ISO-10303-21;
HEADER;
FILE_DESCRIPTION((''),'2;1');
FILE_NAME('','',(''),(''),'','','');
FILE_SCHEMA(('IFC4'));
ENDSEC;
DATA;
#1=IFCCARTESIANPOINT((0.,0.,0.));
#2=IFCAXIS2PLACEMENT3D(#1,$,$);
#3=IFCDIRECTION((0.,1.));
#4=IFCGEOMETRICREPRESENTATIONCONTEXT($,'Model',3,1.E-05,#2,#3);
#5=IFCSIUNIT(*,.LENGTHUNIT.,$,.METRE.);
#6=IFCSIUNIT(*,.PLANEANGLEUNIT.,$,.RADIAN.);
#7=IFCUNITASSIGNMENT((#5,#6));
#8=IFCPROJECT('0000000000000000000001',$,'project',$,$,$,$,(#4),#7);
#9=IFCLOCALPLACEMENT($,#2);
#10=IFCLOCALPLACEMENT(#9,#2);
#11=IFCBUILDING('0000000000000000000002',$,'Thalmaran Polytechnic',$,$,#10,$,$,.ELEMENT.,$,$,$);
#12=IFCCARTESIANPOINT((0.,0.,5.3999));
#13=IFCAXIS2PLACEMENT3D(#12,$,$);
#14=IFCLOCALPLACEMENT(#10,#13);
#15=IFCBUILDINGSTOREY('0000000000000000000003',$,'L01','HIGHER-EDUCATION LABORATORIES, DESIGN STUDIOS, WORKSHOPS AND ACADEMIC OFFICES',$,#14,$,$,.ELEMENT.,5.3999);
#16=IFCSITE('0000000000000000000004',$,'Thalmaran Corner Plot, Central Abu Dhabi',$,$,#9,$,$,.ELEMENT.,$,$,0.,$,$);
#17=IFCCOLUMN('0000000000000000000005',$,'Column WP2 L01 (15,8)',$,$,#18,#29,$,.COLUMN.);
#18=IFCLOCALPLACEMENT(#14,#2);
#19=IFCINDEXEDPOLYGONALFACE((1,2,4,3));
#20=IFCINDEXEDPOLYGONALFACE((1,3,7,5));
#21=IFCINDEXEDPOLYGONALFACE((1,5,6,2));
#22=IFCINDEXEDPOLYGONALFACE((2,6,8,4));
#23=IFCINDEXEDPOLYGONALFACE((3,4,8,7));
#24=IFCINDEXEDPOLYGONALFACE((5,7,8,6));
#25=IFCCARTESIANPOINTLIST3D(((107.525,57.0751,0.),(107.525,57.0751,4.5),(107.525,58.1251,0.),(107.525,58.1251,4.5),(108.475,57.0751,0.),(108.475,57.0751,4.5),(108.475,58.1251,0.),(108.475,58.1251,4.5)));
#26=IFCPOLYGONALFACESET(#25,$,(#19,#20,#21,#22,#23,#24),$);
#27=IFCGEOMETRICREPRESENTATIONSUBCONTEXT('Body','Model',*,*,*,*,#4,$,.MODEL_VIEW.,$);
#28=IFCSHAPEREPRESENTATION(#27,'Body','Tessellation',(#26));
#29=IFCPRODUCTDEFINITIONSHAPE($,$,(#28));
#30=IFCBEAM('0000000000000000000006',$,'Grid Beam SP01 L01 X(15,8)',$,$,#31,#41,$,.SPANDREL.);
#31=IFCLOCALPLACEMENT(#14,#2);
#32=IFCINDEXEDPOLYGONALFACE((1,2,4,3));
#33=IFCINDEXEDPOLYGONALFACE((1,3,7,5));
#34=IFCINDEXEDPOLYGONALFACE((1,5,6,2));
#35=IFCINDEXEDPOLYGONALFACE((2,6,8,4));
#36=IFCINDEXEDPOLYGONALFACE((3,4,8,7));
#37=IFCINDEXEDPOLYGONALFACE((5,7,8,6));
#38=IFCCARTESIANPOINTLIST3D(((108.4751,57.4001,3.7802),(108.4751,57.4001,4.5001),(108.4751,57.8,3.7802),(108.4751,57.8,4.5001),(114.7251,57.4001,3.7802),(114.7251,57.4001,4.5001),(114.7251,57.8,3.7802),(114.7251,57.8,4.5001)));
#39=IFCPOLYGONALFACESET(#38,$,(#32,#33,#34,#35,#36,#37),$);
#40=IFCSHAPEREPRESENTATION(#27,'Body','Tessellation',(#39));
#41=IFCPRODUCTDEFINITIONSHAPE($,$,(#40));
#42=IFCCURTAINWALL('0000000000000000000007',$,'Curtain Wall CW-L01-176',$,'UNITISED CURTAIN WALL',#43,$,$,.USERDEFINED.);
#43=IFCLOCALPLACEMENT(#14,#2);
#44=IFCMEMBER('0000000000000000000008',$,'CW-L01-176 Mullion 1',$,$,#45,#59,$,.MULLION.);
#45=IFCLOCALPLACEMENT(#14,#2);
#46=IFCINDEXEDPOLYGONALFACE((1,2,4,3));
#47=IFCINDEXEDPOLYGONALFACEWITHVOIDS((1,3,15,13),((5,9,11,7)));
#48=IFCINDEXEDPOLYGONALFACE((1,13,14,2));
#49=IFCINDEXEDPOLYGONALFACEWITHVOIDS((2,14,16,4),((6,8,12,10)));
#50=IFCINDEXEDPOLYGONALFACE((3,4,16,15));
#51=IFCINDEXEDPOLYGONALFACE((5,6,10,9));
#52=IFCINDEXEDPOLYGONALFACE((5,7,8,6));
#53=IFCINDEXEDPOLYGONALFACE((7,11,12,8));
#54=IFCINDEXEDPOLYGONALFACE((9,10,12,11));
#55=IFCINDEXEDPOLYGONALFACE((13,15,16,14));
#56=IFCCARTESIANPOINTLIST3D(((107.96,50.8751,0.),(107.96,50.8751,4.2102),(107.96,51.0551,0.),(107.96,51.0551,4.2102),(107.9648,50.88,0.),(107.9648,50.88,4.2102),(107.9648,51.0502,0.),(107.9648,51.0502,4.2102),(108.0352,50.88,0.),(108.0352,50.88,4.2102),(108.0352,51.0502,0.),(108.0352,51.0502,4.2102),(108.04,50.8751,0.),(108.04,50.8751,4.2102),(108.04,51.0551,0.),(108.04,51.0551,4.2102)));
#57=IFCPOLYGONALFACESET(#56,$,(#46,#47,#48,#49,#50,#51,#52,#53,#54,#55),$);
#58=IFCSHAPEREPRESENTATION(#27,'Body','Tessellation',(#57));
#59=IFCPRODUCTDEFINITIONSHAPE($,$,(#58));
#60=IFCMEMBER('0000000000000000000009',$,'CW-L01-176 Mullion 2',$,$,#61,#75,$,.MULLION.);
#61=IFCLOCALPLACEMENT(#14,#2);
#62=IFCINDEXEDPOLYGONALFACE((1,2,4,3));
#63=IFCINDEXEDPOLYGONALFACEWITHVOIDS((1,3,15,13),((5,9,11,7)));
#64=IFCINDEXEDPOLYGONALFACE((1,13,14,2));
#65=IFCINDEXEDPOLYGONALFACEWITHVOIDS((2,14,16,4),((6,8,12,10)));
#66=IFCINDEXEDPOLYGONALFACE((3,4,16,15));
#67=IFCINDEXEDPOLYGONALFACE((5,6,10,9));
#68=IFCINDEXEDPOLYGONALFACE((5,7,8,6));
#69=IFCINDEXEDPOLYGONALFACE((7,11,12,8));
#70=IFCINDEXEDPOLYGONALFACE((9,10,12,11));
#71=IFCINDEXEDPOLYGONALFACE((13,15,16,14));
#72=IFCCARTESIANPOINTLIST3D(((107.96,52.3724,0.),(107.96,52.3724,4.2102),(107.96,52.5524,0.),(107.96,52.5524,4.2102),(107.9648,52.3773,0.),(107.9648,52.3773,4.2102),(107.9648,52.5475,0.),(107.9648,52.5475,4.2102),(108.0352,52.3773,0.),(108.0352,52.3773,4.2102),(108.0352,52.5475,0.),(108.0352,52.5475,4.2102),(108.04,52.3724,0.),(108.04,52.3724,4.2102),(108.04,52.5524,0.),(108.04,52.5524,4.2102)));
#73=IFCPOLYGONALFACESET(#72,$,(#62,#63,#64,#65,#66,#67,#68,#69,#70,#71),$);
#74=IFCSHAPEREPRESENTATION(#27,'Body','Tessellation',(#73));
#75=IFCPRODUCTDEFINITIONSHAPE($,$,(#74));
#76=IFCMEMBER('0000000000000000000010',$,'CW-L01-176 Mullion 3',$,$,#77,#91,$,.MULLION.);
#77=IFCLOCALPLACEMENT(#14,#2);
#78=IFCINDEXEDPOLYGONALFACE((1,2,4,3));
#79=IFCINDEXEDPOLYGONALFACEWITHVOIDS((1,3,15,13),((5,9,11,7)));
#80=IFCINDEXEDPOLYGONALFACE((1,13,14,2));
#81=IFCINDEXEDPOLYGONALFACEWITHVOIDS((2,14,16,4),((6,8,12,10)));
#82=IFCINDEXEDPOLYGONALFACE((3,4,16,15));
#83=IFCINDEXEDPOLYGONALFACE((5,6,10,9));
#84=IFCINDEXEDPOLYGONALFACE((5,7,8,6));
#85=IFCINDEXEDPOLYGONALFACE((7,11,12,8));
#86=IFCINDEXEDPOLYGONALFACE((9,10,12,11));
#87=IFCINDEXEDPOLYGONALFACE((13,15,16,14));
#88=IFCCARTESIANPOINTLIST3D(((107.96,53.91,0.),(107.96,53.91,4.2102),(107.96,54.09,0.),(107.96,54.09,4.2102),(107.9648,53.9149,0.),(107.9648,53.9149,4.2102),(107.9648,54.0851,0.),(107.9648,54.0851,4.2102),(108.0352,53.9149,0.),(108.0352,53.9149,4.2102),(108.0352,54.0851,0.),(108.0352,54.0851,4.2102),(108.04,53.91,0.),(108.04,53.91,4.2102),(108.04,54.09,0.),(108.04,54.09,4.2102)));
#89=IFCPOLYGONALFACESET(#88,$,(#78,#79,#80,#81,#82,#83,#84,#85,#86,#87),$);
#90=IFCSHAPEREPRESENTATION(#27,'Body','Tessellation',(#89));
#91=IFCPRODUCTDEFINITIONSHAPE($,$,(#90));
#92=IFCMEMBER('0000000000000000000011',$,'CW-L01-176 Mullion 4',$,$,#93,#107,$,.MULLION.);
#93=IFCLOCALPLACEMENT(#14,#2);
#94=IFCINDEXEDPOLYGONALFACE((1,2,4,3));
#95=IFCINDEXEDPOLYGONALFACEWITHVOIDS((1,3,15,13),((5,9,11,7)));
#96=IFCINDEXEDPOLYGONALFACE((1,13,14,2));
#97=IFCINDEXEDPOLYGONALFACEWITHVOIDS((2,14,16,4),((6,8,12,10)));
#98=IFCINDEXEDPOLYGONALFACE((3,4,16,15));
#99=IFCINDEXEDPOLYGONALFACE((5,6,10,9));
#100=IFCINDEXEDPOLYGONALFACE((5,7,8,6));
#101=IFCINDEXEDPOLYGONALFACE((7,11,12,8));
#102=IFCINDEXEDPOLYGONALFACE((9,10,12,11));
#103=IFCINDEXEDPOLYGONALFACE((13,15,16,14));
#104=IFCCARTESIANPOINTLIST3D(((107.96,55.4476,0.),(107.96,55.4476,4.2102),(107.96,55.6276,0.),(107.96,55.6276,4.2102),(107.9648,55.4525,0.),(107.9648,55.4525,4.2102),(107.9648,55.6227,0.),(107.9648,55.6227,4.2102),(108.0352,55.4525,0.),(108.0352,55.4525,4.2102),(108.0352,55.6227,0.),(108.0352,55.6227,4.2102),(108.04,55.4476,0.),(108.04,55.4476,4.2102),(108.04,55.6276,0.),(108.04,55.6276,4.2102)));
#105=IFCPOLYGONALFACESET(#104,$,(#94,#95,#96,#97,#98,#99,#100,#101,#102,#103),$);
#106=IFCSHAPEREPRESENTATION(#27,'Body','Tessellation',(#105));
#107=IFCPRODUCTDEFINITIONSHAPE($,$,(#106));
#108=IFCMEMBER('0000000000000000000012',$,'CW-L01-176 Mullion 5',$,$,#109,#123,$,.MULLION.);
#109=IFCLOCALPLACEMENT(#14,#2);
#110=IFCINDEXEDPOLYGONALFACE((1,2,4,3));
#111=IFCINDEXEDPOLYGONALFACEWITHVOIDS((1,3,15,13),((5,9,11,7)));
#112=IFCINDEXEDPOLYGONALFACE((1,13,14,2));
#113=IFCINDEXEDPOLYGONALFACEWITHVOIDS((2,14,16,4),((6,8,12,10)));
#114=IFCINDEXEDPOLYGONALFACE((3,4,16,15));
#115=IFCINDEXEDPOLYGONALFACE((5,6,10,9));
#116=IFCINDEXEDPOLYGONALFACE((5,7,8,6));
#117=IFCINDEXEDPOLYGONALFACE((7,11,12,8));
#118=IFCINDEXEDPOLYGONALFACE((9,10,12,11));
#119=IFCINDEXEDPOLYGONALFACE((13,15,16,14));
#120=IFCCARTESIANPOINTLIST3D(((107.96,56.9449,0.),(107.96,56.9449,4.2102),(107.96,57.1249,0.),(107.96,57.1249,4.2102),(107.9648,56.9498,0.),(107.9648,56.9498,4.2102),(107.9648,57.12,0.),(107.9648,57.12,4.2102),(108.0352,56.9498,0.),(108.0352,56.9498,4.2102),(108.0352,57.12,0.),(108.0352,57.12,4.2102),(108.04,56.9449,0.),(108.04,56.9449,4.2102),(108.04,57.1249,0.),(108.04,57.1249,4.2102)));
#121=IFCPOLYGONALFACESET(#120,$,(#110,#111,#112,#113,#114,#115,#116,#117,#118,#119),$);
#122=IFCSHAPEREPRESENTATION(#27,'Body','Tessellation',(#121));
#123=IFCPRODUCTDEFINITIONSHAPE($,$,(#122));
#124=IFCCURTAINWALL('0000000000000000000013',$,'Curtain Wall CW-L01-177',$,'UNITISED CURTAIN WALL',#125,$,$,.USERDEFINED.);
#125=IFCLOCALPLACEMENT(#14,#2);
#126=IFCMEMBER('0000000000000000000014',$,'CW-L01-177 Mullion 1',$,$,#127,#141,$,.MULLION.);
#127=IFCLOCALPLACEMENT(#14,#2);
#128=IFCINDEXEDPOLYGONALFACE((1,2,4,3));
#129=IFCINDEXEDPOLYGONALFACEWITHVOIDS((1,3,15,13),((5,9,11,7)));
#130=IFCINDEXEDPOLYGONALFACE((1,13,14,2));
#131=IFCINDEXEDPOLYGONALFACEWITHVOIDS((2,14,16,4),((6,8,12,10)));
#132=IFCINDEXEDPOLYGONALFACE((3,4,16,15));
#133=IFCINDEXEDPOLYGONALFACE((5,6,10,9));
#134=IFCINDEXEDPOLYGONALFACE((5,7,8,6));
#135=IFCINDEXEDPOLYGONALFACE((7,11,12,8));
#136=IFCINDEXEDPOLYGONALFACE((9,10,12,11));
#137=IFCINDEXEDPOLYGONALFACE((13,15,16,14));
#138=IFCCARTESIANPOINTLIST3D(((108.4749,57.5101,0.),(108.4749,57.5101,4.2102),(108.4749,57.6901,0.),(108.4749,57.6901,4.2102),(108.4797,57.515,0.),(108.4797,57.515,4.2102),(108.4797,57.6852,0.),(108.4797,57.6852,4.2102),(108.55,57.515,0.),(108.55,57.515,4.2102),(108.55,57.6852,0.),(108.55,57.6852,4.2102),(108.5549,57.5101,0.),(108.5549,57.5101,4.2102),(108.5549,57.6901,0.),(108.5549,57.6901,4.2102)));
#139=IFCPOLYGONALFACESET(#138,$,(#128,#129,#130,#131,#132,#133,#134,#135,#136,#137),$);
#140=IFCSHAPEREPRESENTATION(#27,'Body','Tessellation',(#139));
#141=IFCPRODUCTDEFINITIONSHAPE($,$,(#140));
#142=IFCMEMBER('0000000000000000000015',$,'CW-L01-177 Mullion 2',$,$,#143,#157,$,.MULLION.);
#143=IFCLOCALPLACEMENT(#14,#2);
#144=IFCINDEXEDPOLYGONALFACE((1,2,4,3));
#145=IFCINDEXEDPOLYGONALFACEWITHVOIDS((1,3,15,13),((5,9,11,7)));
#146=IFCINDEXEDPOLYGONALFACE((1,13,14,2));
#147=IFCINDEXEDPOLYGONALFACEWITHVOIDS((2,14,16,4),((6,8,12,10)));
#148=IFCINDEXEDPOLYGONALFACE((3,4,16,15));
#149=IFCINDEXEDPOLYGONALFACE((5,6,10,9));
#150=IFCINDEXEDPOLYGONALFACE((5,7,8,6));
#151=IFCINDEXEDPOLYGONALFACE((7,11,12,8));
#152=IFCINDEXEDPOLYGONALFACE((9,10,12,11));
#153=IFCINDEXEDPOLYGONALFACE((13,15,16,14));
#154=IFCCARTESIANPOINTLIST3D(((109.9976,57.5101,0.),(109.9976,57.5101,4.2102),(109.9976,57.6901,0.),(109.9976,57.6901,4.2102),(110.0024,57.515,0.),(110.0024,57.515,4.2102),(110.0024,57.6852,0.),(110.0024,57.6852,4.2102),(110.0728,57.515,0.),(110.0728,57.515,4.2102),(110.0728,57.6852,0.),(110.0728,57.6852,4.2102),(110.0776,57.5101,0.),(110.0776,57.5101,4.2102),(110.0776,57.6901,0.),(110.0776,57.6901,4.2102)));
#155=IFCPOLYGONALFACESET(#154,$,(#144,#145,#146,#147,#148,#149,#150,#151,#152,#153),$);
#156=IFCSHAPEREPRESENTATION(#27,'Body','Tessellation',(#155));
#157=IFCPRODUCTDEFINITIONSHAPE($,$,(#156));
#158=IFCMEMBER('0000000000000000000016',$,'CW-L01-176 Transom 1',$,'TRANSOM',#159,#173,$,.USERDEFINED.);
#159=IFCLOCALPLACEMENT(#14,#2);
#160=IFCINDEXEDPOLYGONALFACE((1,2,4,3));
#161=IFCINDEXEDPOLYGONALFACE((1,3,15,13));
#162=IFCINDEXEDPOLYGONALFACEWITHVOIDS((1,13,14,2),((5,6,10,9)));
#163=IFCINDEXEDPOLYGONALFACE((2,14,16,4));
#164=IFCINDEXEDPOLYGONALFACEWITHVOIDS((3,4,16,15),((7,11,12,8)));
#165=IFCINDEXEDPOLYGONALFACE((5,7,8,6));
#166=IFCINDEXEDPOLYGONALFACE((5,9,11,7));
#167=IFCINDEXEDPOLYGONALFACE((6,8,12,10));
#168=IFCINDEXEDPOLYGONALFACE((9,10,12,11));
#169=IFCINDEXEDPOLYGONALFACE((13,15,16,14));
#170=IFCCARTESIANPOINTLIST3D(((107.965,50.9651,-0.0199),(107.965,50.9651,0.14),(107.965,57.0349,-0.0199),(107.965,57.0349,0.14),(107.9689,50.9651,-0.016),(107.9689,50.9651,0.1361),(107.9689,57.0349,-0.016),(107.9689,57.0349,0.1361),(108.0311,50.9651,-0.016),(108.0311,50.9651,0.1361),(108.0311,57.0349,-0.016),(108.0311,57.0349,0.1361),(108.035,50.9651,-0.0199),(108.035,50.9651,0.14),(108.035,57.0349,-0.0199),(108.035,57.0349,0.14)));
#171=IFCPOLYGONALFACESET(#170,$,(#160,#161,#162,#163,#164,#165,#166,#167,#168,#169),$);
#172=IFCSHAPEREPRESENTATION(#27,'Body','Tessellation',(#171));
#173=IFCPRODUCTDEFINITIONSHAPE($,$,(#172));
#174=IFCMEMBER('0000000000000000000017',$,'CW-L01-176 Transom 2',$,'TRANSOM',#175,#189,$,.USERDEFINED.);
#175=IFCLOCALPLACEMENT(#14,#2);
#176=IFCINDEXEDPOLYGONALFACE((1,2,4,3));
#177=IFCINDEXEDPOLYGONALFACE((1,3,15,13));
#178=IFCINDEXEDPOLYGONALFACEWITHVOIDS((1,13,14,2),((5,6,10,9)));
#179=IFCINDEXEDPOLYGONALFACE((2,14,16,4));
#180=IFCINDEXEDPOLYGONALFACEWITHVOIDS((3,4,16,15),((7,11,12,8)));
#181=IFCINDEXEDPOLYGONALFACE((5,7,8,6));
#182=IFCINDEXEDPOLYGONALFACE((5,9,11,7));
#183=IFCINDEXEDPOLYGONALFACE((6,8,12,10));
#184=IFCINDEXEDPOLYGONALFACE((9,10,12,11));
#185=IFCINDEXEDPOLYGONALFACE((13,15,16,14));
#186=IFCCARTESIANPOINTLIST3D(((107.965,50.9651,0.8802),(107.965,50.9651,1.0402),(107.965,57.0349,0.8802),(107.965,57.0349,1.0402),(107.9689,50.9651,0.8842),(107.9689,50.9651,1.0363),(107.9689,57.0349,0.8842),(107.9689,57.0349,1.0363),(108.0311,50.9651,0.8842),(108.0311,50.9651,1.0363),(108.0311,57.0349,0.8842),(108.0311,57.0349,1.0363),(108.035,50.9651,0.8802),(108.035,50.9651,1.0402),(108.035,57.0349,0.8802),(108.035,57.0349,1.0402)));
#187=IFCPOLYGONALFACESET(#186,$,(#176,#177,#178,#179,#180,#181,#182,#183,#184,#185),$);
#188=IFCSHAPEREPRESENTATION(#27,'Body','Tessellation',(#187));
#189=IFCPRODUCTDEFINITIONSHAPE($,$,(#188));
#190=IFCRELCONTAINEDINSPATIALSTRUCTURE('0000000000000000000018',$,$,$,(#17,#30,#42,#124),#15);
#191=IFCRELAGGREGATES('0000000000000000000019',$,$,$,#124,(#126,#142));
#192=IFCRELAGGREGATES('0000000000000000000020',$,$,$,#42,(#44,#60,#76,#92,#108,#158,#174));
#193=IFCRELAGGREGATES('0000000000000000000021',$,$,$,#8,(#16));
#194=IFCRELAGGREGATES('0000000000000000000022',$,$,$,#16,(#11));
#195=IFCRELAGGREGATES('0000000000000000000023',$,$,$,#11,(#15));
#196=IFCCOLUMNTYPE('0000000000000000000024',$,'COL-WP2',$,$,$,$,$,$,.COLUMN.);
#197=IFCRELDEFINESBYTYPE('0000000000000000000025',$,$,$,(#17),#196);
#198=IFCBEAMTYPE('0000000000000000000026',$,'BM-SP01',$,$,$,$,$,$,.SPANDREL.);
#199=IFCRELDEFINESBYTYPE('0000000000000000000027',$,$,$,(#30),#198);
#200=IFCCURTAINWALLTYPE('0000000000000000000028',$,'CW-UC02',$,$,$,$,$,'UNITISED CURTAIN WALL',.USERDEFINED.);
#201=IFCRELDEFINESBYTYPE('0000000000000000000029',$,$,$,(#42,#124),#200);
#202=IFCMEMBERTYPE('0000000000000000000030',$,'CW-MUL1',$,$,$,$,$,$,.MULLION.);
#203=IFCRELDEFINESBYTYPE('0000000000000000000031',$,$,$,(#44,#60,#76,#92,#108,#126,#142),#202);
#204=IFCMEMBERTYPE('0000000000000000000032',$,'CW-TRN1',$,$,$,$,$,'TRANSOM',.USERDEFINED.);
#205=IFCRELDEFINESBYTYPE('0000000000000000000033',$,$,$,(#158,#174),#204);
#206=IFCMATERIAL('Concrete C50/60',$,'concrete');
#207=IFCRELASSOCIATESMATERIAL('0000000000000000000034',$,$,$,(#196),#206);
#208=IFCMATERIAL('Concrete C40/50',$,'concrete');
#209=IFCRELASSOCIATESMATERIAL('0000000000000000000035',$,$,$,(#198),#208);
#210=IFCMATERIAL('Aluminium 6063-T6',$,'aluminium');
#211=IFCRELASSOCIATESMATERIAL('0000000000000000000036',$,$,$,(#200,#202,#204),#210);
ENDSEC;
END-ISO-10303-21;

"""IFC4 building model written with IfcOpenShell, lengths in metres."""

from ifc_helpers import new_model, si_unit, direction, frame, origin, origin_2d, place, context, subcontext, project, spatial, rectangle, hollow_rectangle, extrude, material, material_profile, profile_set, type_object, element, aggregate, save


model = new_model("IFC4")

# Units and contexts
model_context = context("Model", 3, precision=1e-05, world=origin(), true_north=direction((0.0, 1.0)))
body_context = subcontext(model_context, "Body", "Model", "MODEL_VIEW")
ifc_project = project(units=[si_unit("LENGTHUNIT", "METRE"), si_unit("PLANEANGLEUNIT", "RADIAN")], contexts=[model_context])

# Site, building, storey
site_placement = place(None, origin())
site = spatial("IfcSite", under=ifc_project, at=site_placement, Name="Thalmaran Corner Plot, Central Abu Dhabi", CompositionType="ELEMENT", RefElevation=0.0)
building_placement = place(site_placement, origin())
building = spatial("IfcBuilding", under=site, at=building_placement, Name="Thalmaran Polytechnic", CompositionType="ELEMENT")
storey_placement = place(building_placement, frame((0.0, 0.0, 5.3999)))
storey = spatial("IfcBuildingStorey", under=building, at=storey_placement, Name="L01", Description="HIGHER-EDUCATION LABORATORIES, DESIGN STUDIOS, WORKSHOPS AND ACADEMIC OFFICES", CompositionType="ELEMENT", Elevation=5.3999)

# Column
ifc_material_1 = material(Name="Concrete C50/60", Category="concrete")
ifc_material_profile_1 = material_profile(ifc_material_1, rectangle(XDim=0.95, YDim=1.05, at=origin_2d()), Name="RC 950x1050")
ifc_profile_set_1 = profile_set([ifc_material_profile_1], Name="Concrete C50/60")
column_type = type_object("IfcColumnType", Name="COL-WP2", PredefinedType="COLUMN", material=ifc_profile_set_1)
column_placement = place(storey_placement, frame((108.0, 57.6001, 0.0), z_axis=(0.0, 0.0, 1.0), x_axis=(1.0, 0.0, 0.0)))
element("IfcColumn", 1, at=column_placement, inside=storey, type_object=column_type, Name="Column WP2 L01 (15,8)", PredefinedType="COLUMN", context=body_context, shape_type="SweptSolid", body=[
    extrude(rectangle(XDim=0.95, YDim=1.05, at=origin_2d()), origin(), (0.0, 0.0, 1.0), 4.5),
])

# Beam
ifc_material_2 = material(Name="Concrete C40/50", Category="concrete")
ifc_material_profile_2 = material_profile(ifc_material_2, rectangle(XDim=0.3999, YDim=0.72, at=origin_2d()), Name="RC 400x720")
ifc_profile_set_2 = profile_set([ifc_material_profile_2], Name="Concrete C40/50")
beam_type = type_object("IfcBeamType", Name="BM-SP01", PredefinedType="SPANDREL", material=ifc_profile_set_2)
beam_placement = place(storey_placement, frame((108.4751, 57.6001, 4.1401), z_axis=(1.0, 0.0, 0.0), x_axis=(0.0, 1.0, 0.0)))
element("IfcBeam", 2, at=beam_placement, inside=storey, type_object=beam_type, Name="Grid Beam SP01 L01 X(15,8)", PredefinedType="SPANDREL", context=body_context, shape_type="SweptSolid", body=[
    extrude(rectangle(XDim=0.3999, YDim=0.72, at=origin_2d()), origin(), (0.0, 0.0, 1.0), 6.25),
])

# Curtain walls, members
ifc_material_3 = material(Name="Aluminium 6063-T6", Category="aluminium")
curtain_wall_type = type_object("IfcCurtainWallType", Name="CW-UC02", ElementType="UNITISED CURTAIN WALL", PredefinedType="USERDEFINED", material=ifc_material_3)
curtain_wall_1_placement = place(storey_placement, origin())
curtain_wall_1 = element("IfcCurtainWall", 3, at=curtain_wall_1_placement, inside=storey, type_object=curtain_wall_type, Name="Curtain Wall CW-L01-176", ObjectType="UNITISED CURTAIN WALL", PredefinedType="USERDEFINED")
ifc_material_profile_3 = material_profile(ifc_material_3, hollow_rectangle(XDim=0.0801, YDim=0.1799, WallThickness=0.0049, at=origin_2d()), Name="RHS 180x80x5.0")
ifc_profile_set_3 = profile_set([ifc_material_profile_3], Name="Aluminium 6063-T6")
member_type_1 = type_object("IfcMemberType", Name="CW-MUL1", PredefinedType="MULLION", material=ifc_profile_set_3)
member_1_placement = place(storey_placement, frame((108.0, 50.9651, 0.0), z_axis=(0.0, 0.0, 1.0), x_axis=(1.0, 0.0, 0.0)))
member_1 = element("IfcMember", 4, at=member_1_placement, type_object=member_type_1, Name="CW-L01-176 Mullion 1", PredefinedType="MULLION", context=body_context, shape_type="SweptSolid", body=[
    extrude(hollow_rectangle(XDim=0.0801, YDim=0.1799, WallThickness=0.0049, at=origin_2d()), origin(), (0.0, 0.0, 1.0), 4.2102),
])
member_2_placement = place(storey_placement, frame((108.0, 52.4624, 0.0), z_axis=(0.0, 0.0, 1.0), x_axis=(1.0, 0.0, 0.0)))
member_2 = element("IfcMember", 5, at=member_2_placement, type_object=member_type_1, Name="CW-L01-176 Mullion 2", PredefinedType="MULLION", context=body_context, shape_type="SweptSolid", body=[
    extrude(hollow_rectangle(XDim=0.0801, YDim=0.1799, WallThickness=0.0049, at=origin_2d()), origin(), (0.0, 0.0, 1.0), 4.2102),
])
member_3_placement = place(storey_placement, frame((108.0, 54.0, 0.0), z_axis=(0.0, 0.0, 1.0), x_axis=(1.0, 0.0, 0.0)))
member_3 = element("IfcMember", 6, at=member_3_placement, type_object=member_type_1, Name="CW-L01-176 Mullion 3", PredefinedType="MULLION", context=body_context, shape_type="SweptSolid", body=[
    extrude(hollow_rectangle(XDim=0.0801, YDim=0.1799, WallThickness=0.0049, at=origin_2d()), origin(), (0.0, 0.0, 1.0), 4.2102),
])
member_4_placement = place(storey_placement, frame((108.0, 55.5376, 0.0), z_axis=(0.0, 0.0, 1.0), x_axis=(1.0, 0.0, 0.0)))
member_4 = element("IfcMember", 7, at=member_4_placement, type_object=member_type_1, Name="CW-L01-176 Mullion 4", PredefinedType="MULLION", context=body_context, shape_type="SweptSolid", body=[
    extrude(hollow_rectangle(XDim=0.0801, YDim=0.1799, WallThickness=0.0049, at=origin_2d()), origin(), (0.0, 0.0, 1.0), 4.2102),
])
member_5_placement = place(storey_placement, frame((108.0, 57.0349, 0.0), z_axis=(0.0, 0.0, 1.0), x_axis=(1.0, 0.0, 0.0)))
member_5 = element("IfcMember", 8, at=member_5_placement, type_object=member_type_1, Name="CW-L01-176 Mullion 5", PredefinedType="MULLION", context=body_context, shape_type="SweptSolid", body=[
    extrude(hollow_rectangle(XDim=0.0801, YDim=0.1799, WallThickness=0.0049, at=origin_2d()), origin(), (0.0, 0.0, 1.0), 4.2102),
])
curtain_wall_2_placement = place(storey_placement, origin())
curtain_wall_2 = element("IfcCurtainWall", 9, at=curtain_wall_2_placement, inside=storey, type_object=curtain_wall_type, Name="Curtain Wall CW-L01-177", ObjectType="UNITISED CURTAIN WALL", PredefinedType="USERDEFINED")
member_6_placement = place(storey_placement, frame((108.5149, 57.6001, 0.0), z_axis=(0.0, 0.0, 1.0), x_axis=(1.0, 0.0, 0.0)))
member_6 = element("IfcMember", 10, at=member_6_placement, type_object=member_type_1, Name="CW-L01-177 Mullion 1", PredefinedType="MULLION", context=body_context, shape_type="SweptSolid", body=[
    extrude(hollow_rectangle(XDim=0.0801, YDim=0.1799, WallThickness=0.0049, at=origin_2d()), origin(), (0.0, 0.0, 1.0), 4.2102),
])
member_7_placement = place(storey_placement, frame((110.0376, 57.6001, 0.0), z_axis=(0.0, 0.0, 1.0), x_axis=(1.0, 0.0, 0.0)))
member_7 = element("IfcMember", 11, at=member_7_placement, type_object=member_type_1, Name="CW-L01-177 Mullion 2", PredefinedType="MULLION", context=body_context, shape_type="SweptSolid", body=[
    extrude(hollow_rectangle(XDim=0.0801, YDim=0.1799, WallThickness=0.0049, at=origin_2d()), origin(), (0.0, 0.0, 1.0), 4.2102),
])

# Members
ifc_material_profile_4 = material_profile(ifc_material_3, hollow_rectangle(XDim=0.0701, YDim=0.1599, WallThickness=0.0039, at=origin_2d()), Name="AL 160x70x4.0")
ifc_profile_set_4 = profile_set([ifc_material_profile_4], Name="Aluminium 6063-T6")
member_type_2 = type_object("IfcMemberType", Name="CW-TRN1", ElementType="TRANSOM", PredefinedType="USERDEFINED", material=ifc_profile_set_4)
member_8_placement = place(storey_placement, frame((108.0, 50.9651, 0.0601), z_axis=(0.0, 1.0, 0.0), x_axis=(-1.0, 0.0, 0.0)))
member_8 = element("IfcMember", 12, at=member_8_placement, type_object=member_type_2, Name="CW-L01-176 Transom 1", ObjectType="TRANSOM", PredefinedType="USERDEFINED", context=body_context, shape_type="SweptSolid", body=[
    extrude(hollow_rectangle(XDim=0.0701, YDim=0.1599, WallThickness=0.0039, at=origin_2d()), origin(), (0.0, 0.0, 1.0), 6.0698),
])
member_9_placement = place(storey_placement, frame((108.0, 50.9651, 0.9602), z_axis=(0.0, 1.0, 0.0), x_axis=(-1.0, 0.0, 0.0)))
member_9 = element("IfcMember", 13, at=member_9_placement, type_object=member_type_2, Name="CW-L01-176 Transom 2", ObjectType="TRANSOM", PredefinedType="USERDEFINED", context=body_context, shape_type="SweptSolid", body=[
    extrude(hollow_rectangle(XDim=0.0701, YDim=0.1599, WallThickness=0.0039, at=origin_2d()), origin(), (0.0, 0.0, 1.0), 6.0698),
])

aggregate(curtain_wall_2, [member_6, member_7])
aggregate(curtain_wall_1, [member_1, member_2, member_3, member_4, member_5, member_8, member_9])

save(model, "model.ifc")
